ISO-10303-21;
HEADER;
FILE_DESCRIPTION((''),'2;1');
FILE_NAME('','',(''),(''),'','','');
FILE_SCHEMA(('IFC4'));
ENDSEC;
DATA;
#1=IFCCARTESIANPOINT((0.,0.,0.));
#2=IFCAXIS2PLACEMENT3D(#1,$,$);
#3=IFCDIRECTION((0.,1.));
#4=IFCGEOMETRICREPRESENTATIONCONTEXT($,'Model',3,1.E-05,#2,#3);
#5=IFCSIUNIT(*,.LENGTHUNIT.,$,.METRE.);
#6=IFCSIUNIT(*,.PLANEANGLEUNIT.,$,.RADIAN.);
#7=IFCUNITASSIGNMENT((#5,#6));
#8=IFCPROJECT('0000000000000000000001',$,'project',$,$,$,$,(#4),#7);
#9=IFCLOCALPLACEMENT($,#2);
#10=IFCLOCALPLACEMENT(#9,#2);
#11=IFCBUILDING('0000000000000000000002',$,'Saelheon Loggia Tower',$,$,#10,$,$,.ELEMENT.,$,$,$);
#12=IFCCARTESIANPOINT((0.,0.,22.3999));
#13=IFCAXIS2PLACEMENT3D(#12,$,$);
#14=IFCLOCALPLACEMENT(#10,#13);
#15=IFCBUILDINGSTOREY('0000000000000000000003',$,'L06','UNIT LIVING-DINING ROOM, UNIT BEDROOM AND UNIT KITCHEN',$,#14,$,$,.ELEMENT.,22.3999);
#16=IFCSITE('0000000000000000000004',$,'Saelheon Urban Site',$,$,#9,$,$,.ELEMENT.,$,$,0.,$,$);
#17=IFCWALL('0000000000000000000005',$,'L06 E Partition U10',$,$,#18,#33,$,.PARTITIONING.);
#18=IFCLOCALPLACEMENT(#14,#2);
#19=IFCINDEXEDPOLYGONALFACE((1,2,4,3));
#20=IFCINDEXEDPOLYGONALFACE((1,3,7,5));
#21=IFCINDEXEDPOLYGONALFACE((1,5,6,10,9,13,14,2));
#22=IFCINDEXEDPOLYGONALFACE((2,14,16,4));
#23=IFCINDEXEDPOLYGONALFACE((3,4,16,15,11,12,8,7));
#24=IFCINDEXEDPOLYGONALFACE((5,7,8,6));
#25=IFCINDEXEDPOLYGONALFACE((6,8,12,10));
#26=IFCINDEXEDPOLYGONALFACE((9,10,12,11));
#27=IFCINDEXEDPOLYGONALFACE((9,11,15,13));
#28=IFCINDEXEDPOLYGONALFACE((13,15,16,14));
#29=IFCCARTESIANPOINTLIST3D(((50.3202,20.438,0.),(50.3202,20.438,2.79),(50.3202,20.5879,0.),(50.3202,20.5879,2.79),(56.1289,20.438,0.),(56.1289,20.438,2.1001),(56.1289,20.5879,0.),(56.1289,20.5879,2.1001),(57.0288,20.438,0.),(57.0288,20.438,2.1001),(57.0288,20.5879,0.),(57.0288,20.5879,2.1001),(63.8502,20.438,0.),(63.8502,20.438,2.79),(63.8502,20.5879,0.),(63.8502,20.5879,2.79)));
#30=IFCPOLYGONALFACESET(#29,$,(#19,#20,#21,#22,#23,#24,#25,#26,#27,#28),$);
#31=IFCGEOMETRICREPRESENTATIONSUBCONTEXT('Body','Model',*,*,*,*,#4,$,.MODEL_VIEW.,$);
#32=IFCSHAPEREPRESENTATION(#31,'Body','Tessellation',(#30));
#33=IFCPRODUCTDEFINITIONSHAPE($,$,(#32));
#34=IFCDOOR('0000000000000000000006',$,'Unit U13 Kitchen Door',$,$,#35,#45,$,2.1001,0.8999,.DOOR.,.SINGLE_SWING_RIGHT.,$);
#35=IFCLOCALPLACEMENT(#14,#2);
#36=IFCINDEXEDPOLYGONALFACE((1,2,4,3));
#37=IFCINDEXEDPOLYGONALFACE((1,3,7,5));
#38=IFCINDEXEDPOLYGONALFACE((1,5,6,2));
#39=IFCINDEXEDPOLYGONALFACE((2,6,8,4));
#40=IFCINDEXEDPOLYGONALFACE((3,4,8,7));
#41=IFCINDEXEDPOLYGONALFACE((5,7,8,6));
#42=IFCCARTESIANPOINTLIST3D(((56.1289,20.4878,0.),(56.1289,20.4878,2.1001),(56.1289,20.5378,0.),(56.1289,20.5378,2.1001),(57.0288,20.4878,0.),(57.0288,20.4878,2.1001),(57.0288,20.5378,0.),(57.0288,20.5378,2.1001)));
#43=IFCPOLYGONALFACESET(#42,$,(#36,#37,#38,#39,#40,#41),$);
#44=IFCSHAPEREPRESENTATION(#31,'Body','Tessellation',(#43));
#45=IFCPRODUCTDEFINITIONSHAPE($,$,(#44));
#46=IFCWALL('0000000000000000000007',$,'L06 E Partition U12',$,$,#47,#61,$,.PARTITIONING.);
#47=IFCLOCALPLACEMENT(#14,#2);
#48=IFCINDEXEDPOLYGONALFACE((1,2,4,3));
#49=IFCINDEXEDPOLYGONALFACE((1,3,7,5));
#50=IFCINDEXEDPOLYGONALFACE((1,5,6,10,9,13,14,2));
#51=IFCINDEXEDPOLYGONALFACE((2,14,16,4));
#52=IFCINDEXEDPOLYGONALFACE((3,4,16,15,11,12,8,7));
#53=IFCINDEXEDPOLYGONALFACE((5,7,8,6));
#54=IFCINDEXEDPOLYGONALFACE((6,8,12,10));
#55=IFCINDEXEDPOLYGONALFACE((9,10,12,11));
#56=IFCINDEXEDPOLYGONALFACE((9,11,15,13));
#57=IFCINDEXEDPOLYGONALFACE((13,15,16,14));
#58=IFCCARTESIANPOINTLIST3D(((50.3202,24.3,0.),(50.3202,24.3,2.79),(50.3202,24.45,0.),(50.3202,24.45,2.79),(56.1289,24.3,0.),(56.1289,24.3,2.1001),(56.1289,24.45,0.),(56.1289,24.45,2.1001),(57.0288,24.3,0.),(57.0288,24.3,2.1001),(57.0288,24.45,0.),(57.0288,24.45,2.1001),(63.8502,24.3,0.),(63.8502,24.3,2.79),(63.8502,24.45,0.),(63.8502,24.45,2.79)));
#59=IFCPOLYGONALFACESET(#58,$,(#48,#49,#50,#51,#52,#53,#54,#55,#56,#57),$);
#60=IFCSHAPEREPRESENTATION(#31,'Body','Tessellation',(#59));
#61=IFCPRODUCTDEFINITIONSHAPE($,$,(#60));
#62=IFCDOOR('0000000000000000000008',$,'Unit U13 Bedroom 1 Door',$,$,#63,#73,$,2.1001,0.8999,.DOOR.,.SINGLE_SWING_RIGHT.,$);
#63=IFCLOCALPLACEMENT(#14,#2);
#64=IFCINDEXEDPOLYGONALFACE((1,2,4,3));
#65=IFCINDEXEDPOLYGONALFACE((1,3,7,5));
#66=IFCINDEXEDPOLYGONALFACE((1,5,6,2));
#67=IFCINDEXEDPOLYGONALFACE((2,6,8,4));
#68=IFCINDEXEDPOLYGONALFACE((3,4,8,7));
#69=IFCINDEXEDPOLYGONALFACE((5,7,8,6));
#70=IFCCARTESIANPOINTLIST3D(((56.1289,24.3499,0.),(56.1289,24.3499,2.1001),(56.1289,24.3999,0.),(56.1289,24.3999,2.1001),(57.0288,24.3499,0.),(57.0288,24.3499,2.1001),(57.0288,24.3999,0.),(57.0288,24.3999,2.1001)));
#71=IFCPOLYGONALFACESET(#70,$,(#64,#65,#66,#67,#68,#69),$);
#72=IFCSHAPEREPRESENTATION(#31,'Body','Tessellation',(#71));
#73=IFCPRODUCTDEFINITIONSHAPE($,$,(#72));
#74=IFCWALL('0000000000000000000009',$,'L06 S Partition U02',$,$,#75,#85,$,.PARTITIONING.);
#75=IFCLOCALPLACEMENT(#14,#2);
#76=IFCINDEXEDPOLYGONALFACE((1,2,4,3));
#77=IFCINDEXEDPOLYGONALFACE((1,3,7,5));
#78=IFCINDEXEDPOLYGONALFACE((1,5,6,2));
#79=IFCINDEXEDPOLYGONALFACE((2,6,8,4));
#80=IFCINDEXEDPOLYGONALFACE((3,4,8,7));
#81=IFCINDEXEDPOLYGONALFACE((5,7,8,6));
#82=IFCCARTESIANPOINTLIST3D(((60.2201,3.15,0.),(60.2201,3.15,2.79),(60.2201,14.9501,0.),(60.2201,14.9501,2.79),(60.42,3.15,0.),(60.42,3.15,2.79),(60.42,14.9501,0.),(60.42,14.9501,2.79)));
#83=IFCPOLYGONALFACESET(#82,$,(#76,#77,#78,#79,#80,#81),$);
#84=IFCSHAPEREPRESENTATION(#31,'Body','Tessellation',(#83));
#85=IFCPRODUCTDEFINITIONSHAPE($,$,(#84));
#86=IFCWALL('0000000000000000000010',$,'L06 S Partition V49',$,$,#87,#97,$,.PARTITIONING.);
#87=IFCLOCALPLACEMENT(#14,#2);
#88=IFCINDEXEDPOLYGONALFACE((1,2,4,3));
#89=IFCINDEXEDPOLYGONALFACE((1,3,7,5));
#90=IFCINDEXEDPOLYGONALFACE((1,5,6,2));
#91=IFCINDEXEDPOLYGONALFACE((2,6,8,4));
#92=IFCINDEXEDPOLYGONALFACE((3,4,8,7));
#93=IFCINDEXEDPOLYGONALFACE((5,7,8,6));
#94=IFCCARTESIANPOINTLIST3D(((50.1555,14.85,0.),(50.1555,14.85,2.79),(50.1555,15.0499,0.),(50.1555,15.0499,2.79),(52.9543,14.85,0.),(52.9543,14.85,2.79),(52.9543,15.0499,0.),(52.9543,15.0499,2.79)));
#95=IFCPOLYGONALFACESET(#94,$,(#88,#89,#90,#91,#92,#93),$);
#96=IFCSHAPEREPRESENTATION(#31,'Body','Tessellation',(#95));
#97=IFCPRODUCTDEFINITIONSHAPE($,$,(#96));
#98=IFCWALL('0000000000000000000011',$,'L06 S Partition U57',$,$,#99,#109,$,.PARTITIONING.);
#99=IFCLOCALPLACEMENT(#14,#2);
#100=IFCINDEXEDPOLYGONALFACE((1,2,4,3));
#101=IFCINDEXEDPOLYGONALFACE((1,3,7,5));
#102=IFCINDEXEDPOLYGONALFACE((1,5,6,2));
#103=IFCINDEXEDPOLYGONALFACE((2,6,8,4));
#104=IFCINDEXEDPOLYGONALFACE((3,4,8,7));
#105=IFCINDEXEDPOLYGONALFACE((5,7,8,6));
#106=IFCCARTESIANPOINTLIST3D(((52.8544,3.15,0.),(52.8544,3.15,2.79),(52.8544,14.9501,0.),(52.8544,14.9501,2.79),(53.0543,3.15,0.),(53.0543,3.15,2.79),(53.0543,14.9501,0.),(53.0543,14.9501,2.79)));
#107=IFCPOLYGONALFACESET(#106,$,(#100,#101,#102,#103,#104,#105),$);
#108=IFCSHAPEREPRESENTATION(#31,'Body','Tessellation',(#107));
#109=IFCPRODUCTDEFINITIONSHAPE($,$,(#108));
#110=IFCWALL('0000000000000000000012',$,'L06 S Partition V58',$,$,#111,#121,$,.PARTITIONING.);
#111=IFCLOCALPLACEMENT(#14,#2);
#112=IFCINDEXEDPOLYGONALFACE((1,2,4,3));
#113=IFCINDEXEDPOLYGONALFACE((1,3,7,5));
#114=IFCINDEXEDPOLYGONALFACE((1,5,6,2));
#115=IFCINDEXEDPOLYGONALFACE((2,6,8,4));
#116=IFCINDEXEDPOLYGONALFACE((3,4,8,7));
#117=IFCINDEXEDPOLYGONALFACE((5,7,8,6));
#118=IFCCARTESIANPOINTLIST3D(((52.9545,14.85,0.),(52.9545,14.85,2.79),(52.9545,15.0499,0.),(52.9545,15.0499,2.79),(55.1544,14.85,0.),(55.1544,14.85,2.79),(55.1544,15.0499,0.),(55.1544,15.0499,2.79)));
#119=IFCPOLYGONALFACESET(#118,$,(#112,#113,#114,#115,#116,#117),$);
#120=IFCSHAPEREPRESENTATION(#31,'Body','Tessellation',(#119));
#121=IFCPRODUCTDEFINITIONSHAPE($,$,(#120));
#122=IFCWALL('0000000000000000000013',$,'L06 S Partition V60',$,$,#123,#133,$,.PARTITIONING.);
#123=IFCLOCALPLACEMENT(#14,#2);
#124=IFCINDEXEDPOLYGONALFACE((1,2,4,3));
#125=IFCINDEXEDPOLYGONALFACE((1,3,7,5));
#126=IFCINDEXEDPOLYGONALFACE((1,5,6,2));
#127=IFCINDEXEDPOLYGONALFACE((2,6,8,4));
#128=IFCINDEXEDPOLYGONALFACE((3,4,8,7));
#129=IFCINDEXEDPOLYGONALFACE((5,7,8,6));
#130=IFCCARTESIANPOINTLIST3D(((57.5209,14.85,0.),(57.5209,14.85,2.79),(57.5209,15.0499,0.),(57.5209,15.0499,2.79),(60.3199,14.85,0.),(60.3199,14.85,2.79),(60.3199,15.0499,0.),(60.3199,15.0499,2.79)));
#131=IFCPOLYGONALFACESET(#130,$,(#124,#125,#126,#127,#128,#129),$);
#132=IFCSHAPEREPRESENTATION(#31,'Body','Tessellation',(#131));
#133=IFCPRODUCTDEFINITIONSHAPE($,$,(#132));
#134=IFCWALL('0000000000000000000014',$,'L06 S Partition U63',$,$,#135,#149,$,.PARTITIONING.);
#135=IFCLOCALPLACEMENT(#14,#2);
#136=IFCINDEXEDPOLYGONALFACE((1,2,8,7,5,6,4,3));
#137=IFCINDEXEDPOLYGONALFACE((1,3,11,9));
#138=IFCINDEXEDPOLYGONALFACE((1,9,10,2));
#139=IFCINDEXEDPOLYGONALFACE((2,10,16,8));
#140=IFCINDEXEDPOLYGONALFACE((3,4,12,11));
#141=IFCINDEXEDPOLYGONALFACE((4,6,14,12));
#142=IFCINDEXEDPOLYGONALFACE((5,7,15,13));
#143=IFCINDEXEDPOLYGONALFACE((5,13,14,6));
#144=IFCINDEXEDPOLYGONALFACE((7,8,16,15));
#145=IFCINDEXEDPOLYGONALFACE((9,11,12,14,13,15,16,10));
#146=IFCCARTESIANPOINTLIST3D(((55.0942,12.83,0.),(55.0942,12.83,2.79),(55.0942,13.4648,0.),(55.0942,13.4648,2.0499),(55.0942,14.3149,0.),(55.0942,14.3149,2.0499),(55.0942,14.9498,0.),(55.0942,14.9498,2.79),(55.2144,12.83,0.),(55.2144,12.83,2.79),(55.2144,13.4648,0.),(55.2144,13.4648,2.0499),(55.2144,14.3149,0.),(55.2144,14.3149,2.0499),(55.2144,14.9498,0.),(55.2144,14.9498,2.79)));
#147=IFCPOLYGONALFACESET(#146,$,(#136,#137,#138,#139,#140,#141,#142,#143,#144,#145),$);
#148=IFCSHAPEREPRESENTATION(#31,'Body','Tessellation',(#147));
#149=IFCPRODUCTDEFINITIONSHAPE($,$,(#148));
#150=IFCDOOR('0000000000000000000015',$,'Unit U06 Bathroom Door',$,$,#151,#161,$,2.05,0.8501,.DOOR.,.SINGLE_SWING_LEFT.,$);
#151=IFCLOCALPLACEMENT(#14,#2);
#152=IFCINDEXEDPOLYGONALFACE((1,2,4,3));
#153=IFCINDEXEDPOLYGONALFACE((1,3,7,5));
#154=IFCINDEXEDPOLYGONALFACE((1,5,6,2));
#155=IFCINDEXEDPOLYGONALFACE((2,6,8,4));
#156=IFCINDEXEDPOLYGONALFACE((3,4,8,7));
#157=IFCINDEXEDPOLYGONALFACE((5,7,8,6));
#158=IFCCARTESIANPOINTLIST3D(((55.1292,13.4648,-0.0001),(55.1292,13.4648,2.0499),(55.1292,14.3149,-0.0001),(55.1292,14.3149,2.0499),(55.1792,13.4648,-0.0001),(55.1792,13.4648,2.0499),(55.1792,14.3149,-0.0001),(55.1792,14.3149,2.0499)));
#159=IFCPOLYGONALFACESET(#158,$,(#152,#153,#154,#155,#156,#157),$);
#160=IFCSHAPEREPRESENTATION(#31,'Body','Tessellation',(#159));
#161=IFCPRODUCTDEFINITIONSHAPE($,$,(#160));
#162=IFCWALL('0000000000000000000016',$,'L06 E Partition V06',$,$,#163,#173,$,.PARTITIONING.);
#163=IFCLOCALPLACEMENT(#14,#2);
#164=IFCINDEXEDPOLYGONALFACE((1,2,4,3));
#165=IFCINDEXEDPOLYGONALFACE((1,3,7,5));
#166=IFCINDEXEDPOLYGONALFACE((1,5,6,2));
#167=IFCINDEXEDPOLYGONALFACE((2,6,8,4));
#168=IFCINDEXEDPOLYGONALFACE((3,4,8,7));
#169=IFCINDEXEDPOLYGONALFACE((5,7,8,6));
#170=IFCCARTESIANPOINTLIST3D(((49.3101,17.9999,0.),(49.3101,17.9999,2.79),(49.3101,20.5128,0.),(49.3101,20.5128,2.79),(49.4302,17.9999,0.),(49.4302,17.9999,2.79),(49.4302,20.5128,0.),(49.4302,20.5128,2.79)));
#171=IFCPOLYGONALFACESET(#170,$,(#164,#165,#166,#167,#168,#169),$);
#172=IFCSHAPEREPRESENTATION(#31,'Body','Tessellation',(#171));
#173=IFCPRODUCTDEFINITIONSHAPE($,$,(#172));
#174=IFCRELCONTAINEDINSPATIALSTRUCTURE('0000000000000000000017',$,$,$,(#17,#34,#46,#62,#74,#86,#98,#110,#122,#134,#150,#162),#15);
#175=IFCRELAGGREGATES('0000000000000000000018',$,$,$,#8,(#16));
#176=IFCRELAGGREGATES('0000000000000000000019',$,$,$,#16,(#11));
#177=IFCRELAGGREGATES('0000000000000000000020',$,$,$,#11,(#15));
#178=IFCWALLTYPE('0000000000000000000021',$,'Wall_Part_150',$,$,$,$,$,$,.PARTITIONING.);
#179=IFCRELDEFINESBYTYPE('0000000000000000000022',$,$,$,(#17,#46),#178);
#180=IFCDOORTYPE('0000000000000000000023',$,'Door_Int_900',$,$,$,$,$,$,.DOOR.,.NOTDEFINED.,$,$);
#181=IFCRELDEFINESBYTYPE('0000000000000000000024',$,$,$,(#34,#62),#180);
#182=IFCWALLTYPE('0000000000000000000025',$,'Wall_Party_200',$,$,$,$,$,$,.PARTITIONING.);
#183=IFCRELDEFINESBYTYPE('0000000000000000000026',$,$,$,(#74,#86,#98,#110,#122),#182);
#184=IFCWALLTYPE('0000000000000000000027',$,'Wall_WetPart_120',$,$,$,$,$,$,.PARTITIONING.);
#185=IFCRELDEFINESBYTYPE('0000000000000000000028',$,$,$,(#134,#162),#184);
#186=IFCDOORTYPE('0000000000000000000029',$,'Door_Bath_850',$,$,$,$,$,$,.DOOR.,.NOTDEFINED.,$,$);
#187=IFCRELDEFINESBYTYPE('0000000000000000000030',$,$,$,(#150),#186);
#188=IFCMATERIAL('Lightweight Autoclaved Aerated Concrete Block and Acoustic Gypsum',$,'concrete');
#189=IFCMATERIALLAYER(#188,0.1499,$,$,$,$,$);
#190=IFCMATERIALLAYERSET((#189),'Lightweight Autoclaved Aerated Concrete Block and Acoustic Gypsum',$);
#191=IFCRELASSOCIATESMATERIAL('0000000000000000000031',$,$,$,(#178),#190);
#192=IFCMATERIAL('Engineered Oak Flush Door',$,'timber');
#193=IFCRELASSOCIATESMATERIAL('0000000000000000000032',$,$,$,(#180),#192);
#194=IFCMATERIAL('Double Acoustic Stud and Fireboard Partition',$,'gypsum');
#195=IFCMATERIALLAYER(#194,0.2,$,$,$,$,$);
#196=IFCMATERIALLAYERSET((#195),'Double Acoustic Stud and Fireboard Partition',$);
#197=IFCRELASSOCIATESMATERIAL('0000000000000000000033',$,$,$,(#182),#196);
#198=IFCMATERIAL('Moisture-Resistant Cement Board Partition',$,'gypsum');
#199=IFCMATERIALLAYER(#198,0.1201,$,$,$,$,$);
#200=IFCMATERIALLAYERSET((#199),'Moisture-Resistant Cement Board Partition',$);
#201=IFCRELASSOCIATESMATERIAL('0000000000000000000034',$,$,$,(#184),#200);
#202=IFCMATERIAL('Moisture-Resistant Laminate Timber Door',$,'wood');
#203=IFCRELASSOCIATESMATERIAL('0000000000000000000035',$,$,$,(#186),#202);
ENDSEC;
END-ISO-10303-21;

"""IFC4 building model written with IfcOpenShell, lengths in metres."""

from ifc_helpers import new_model, si_unit, direction, frame, frame_2d, origin, place, context, subcontext, project, spatial, rectangle, extrude, source, transform, mapped, material, layer, layer_set, type_object, element, fill, save


model = new_model("IFC4")

# Units and contexts
model_context = context("Model", 3, precision=1e-05, world=origin(), true_north=direction((0.0, 1.0)))
body_context = subcontext(model_context, "Body", "Model", "MODEL_VIEW")
ifc_project = project(units=[si_unit("LENGTHUNIT", "METRE"), si_unit("PLANEANGLEUNIT", "RADIAN")], contexts=[model_context])

# Site, building, storey
site_placement = place(None, origin())
site = spatial("IfcSite", under=ifc_project, at=site_placement, Name="Saelheon Urban Site", CompositionType="ELEMENT", RefElevation=0.0)
building_placement = place(site_placement, origin())
building = spatial("IfcBuilding", under=site, at=building_placement, Name="Saelheon Loggia Tower", CompositionType="ELEMENT")
storey_placement = place(building_placement, frame((0.0, 0.0, 22.3999)))
storey = spatial("IfcBuildingStorey", under=building, at=storey_placement, Name="L06", Description="UNIT LIVING-DINING ROOM, UNIT BEDROOM AND UNIT KITCHEN", CompositionType="ELEMENT", Elevation=22.3999)

# Shared definitions
ifc_material_1 = material(Name="Lightweight Autoclaved Aerated Concrete Block and Acoustic Gypsum", Category="concrete")
ifc_layer_1 = layer(ifc_material_1, 0.1499)
ifc_layer_set_1 = layer_set([ifc_layer_1], Name="Lightweight Autoclaved Aerated Concrete Block and Acoustic Gypsum")
wall_type_1 = type_object("IfcWallType", Name="Wall_Part_150", PredefinedType="PARTITIONING", material=ifc_layer_set_1)
ifc_material_2 = material(Name="Engineered Oak Flush Door", Category="timber")
door_type_1 = type_object("IfcDoorType", Name="Door_Int_900", OperationType="NOTDEFINED", PredefinedType="DOOR", material=ifc_material_2)
shared_shape_1 = source(origin(), body_context, "Body", "SweptSolid", [
    extrude(rectangle(XDim=0.8999, YDim=2.1001, at=frame_2d((0.45, 1.05))), frame((0.0, 0.0249, 0.0), z_axis=(0.0, -1.0, 0.0), x_axis=(1.0, 0.0, 0.0)), (0.0, 0.0, 1.0), 0.05),
])

# Walls, openings, doors
wall_1_placement = place(storey_placement, frame((50.3201, 20.5129, 0.0), z_axis=(0.0, 0.0, 1.0), x_axis=(1.0, 0.0, 0.0)))
wall_1 = element("IfcWall", 1, at=wall_1_placement, inside=storey, type_object=wall_type_1, Name="L06 E Partition U10", PredefinedType="PARTITIONING", context=body_context, shape_type="SweptSolid", body=[
    extrude(rectangle(XDim=13.53, YDim=0.1499, at=frame_2d((6.7651, 0.0))), origin(), (0.0, 0.0, 1.0), 2.79),
])
opening_1_placement = place(wall_1_placement, frame((5.8088, 0.0, 0.0)))
opening_1 = element("IfcOpeningElement", 2, at=opening_1_placement, cuts=wall_1, PredefinedType="OPENING", context=body_context, shape_type="SweptSolid", body=[
    extrude(rectangle(XDim=0.8999, YDim=2.1001, at=frame_2d((0.45, 1.05))), frame((0.0, 0.0869, 0.0), z_axis=(0.0, -1.0, 0.0), x_axis=(1.0, 0.0, 0.0)), (0.0, 0.0, 1.0), 0.1738),
])
door_1_placement = place(opening_1_placement, origin())
door_1 = element("IfcDoor", 3, at=door_1_placement, inside=storey, type_object=door_type_1, Name="Unit U13 Kitchen Door", OperationType="SINGLE_SWING_RIGHT", OverallHeight=2.1001, OverallWidth=0.8999, PredefinedType="DOOR", context=body_context, shape_type="MappedRepresentation", body=[
    mapped(shared_shape_1, transform((0.0, 0.0, 0.0), scale=1.0)),
])
fill(opening_1, door_1)
wall_2_placement = place(storey_placement, frame((50.3201, 24.375, 0.0), z_axis=(0.0, 0.0, 1.0), x_axis=(1.0, 0.0, 0.0)))
wall_2 = element("IfcWall", 4, at=wall_2_placement, inside=storey, type_object=wall_type_1, Name="L06 E Partition U12", PredefinedType="PARTITIONING", context=body_context, shape_type="SweptSolid", body=[
    extrude(rectangle(XDim=13.53, YDim=0.1499, at=frame_2d((6.7651, 0.0))), origin(), (0.0, 0.0, 1.0), 2.79),
])
opening_2_placement = place(wall_2_placement, frame((5.8088, 0.0, 0.0)))
opening_2 = element("IfcOpeningElement", 5, at=opening_2_placement, cuts=wall_2, PredefinedType="OPENING", context=body_context, shape_type="SweptSolid", body=[
    extrude(rectangle(XDim=0.8999, YDim=2.1001, at=frame_2d((0.45, 1.05))), frame((0.0, 0.0869, 0.0), z_axis=(0.0, -1.0, 0.0), x_axis=(1.0, 0.0, 0.0)), (0.0, 0.0, 1.0), 0.1738),
])
door_2_placement = place(opening_2_placement, origin())
door_2 = element("IfcDoor", 6, at=door_2_placement, inside=storey, type_object=door_type_1, Name="Unit U13 Bedroom 1 Door", OperationType="SINGLE_SWING_RIGHT", OverallHeight=2.1001, OverallWidth=0.8999, PredefinedType="DOOR", context=body_context, shape_type="MappedRepresentation", body=[
    mapped(shared_shape_1, transform((0.0, 0.0, 0.0), scale=1.0)),
])
fill(opening_2, door_2)

# Walls
ifc_material_3 = material(Name="Double Acoustic Stud and Fireboard Partition", Category="gypsum")
ifc_layer_2 = layer(ifc_material_3, 0.2)
ifc_layer_set_2 = layer_set([ifc_layer_2], Name="Double Acoustic Stud and Fireboard Partition")
wall_type_2 = type_object("IfcWallType", Name="Wall_Party_200", PredefinedType="PARTITIONING", material=ifc_layer_set_2)
wall_3_placement = place(storey_placement, frame((60.3201, 14.95, 0.0), z_axis=(0.0, 0.0, 1.0), x_axis=(0.0, -1.0, 0.0)))
element("IfcWall", 7, at=wall_3_placement, inside=storey, type_object=wall_type_2, Name="L06 S Partition U02", PredefinedType="PARTITIONING", context=body_context, shape_type="SweptSolid", body=[
    extrude(rectangle(XDim=11.8, YDim=0.2, at=frame_2d((5.8999, 0.0))), origin(), (0.0, 0.0, 1.0), 2.79),
])
wall_4_placement = place(storey_placement, frame((50.1555, 14.95, 0.0), z_axis=(0.0, 0.0, 1.0), x_axis=(1.0, 0.0, 0.0)))
element("IfcWall", 8, at=wall_4_placement, inside=storey, type_object=wall_type_2, Name="L06 S Partition V49", PredefinedType="PARTITIONING", context=body_context, shape_type="SweptSolid", body=[
    extrude(rectangle(XDim=2.7988, YDim=0.2, at=frame_2d((1.3994, 0.0))), origin(), (0.0, 0.0, 1.0), 2.79),
])
wall_5_placement = place(storey_placement, frame((52.9543, 14.95, 0.0), z_axis=(0.0, 0.0, 1.0), x_axis=(0.0, -1.0, 0.0)))
element("IfcWall", 9, at=wall_5_placement, inside=storey, type_object=wall_type_2, Name="L06 S Partition U57", PredefinedType="PARTITIONING", context=body_context, shape_type="SweptSolid", body=[
    extrude(rectangle(XDim=11.8, YDim=0.2, at=frame_2d((5.8999, 0.0))), origin(), (0.0, 0.0, 1.0), 2.79),
])
wall_6_placement = place(storey_placement, frame((52.9543, 14.95, 0.0), z_axis=(0.0, 0.0, 1.0), x_axis=(1.0, 0.0, 0.0)))
element("IfcWall", 10, at=wall_6_placement, inside=storey, type_object=wall_type_2, Name="L06 S Partition V58", PredefinedType="PARTITIONING", context=body_context, shape_type="SweptSolid", body=[
    extrude(rectangle(XDim=2.2, YDim=0.2, at=frame_2d((1.1001, 0.0))), origin(), (0.0, 0.0, 1.0), 2.79),
])

# Wall
wall_7_placement = place(storey_placement, frame((57.521, 14.95, 0.0), z_axis=(0.0, 0.0, 1.0), x_axis=(1.0, 0.0, 0.0)))
element("IfcWall", 11, at=wall_7_placement, inside=storey, type_object=wall_type_2, Name="L06 S Partition V60", PredefinedType="PARTITIONING", context=body_context, shape_type="SweptSolid", body=[
    extrude(rectangle(XDim=2.7991, YDim=0.2, at=frame_2d((1.3994, 0.0))), origin(), (0.0, 0.0, 1.0), 2.79),
])

# Wall, opening, door
ifc_material_4 = material(Name="Moisture-Resistant Cement Board Partition", Category="gypsum")
ifc_layer_3 = layer(ifc_material_4, 0.1201)
ifc_layer_set_3 = layer_set([ifc_layer_3], Name="Moisture-Resistant Cement Board Partition")
wall_type_3 = type_object("IfcWallType", Name="Wall_WetPart_120", PredefinedType="PARTITIONING", material=ifc_layer_set_3)
wall_8_placement = place(storey_placement, frame((55.1543, 14.95, 0.0), z_axis=(0.0, 0.0, 1.0), x_axis=(0.0, -1.0, 0.0)))
wall_8 = element("IfcWall", 12, at=wall_8_placement, inside=storey, type_object=wall_type_3, Name="L06 S Partition U63", PredefinedType="PARTITIONING", context=body_context, shape_type="SweptSolid", body=[
    extrude(rectangle(XDim=2.1199, YDim=0.1201, at=frame_2d((1.0601, 0.0))), origin(), (0.0, 0.0, 1.0), 2.79),
])
opening_3_placement = place(wall_8_placement, frame((0.635, 0.0, 0.0)))
opening_3 = element("IfcOpeningElement", 13, at=opening_3_placement, cuts=wall_8, PredefinedType="OPENING", context=body_context, shape_type="SweptSolid", body=[
    extrude(rectangle(XDim=0.8501, YDim=2.05, at=frame_2d((0.425, 1.0249))), frame((0.0, 0.072, 0.0), z_axis=(0.0, -1.0, 0.0), x_axis=(1.0, 0.0, 0.0)), (0.0, 0.0, 1.0), 0.144),
])
ifc_material_5 = material(Name="Moisture-Resistant Laminate Timber Door", Category="wood")
door_type_2 = type_object("IfcDoorType", Name="Door_Bath_850", OperationType="NOTDEFINED", PredefinedType="DOOR", material=ifc_material_5)
shared_shape_2 = source(origin(), body_context, "Body", "SweptSolid", [
    extrude(rectangle(XDim=0.8501, YDim=2.05, at=frame_2d((0.425, 1.0249))), frame((0.0, 0.0249, 0.0), z_axis=(0.0, -1.0, 0.0), x_axis=(1.0, 0.0, 0.0)), (0.0, 0.0, 1.0), 0.05),
])
door_3_placement = place(opening_3_placement, origin())
door_3 = element("IfcDoor", 14, at=door_3_placement, inside=storey, type_object=door_type_2, Name="Unit U06 Bathroom Door", OperationType="SINGLE_SWING_LEFT", OverallHeight=2.05, OverallWidth=0.8501, PredefinedType="DOOR", context=body_context, shape_type="MappedRepresentation", body=[
    mapped(shared_shape_2, transform((0.0, 0.0, 0.0), scale=1.0)),
])
fill(opening_3, door_3)

# Wall
wall_9_placement = place(storey_placement, frame((49.3701, 18.0, 0.0), z_axis=(0.0, 0.0, 1.0), x_axis=(0.0, 1.0, 0.0)))
element("IfcWall", 15, at=wall_9_placement, inside=storey, type_object=wall_type_3, Name="L06 E Partition V06", PredefinedType="PARTITIONING", context=body_context, shape_type="SweptSolid", body=[
    extrude(rectangle(XDim=2.5129, YDim=0.1201, at=frame_2d((1.2563, 0.0))), origin(), (0.0, 0.0, 1.0), 2.79),
])

save(model, "model.ifc")
